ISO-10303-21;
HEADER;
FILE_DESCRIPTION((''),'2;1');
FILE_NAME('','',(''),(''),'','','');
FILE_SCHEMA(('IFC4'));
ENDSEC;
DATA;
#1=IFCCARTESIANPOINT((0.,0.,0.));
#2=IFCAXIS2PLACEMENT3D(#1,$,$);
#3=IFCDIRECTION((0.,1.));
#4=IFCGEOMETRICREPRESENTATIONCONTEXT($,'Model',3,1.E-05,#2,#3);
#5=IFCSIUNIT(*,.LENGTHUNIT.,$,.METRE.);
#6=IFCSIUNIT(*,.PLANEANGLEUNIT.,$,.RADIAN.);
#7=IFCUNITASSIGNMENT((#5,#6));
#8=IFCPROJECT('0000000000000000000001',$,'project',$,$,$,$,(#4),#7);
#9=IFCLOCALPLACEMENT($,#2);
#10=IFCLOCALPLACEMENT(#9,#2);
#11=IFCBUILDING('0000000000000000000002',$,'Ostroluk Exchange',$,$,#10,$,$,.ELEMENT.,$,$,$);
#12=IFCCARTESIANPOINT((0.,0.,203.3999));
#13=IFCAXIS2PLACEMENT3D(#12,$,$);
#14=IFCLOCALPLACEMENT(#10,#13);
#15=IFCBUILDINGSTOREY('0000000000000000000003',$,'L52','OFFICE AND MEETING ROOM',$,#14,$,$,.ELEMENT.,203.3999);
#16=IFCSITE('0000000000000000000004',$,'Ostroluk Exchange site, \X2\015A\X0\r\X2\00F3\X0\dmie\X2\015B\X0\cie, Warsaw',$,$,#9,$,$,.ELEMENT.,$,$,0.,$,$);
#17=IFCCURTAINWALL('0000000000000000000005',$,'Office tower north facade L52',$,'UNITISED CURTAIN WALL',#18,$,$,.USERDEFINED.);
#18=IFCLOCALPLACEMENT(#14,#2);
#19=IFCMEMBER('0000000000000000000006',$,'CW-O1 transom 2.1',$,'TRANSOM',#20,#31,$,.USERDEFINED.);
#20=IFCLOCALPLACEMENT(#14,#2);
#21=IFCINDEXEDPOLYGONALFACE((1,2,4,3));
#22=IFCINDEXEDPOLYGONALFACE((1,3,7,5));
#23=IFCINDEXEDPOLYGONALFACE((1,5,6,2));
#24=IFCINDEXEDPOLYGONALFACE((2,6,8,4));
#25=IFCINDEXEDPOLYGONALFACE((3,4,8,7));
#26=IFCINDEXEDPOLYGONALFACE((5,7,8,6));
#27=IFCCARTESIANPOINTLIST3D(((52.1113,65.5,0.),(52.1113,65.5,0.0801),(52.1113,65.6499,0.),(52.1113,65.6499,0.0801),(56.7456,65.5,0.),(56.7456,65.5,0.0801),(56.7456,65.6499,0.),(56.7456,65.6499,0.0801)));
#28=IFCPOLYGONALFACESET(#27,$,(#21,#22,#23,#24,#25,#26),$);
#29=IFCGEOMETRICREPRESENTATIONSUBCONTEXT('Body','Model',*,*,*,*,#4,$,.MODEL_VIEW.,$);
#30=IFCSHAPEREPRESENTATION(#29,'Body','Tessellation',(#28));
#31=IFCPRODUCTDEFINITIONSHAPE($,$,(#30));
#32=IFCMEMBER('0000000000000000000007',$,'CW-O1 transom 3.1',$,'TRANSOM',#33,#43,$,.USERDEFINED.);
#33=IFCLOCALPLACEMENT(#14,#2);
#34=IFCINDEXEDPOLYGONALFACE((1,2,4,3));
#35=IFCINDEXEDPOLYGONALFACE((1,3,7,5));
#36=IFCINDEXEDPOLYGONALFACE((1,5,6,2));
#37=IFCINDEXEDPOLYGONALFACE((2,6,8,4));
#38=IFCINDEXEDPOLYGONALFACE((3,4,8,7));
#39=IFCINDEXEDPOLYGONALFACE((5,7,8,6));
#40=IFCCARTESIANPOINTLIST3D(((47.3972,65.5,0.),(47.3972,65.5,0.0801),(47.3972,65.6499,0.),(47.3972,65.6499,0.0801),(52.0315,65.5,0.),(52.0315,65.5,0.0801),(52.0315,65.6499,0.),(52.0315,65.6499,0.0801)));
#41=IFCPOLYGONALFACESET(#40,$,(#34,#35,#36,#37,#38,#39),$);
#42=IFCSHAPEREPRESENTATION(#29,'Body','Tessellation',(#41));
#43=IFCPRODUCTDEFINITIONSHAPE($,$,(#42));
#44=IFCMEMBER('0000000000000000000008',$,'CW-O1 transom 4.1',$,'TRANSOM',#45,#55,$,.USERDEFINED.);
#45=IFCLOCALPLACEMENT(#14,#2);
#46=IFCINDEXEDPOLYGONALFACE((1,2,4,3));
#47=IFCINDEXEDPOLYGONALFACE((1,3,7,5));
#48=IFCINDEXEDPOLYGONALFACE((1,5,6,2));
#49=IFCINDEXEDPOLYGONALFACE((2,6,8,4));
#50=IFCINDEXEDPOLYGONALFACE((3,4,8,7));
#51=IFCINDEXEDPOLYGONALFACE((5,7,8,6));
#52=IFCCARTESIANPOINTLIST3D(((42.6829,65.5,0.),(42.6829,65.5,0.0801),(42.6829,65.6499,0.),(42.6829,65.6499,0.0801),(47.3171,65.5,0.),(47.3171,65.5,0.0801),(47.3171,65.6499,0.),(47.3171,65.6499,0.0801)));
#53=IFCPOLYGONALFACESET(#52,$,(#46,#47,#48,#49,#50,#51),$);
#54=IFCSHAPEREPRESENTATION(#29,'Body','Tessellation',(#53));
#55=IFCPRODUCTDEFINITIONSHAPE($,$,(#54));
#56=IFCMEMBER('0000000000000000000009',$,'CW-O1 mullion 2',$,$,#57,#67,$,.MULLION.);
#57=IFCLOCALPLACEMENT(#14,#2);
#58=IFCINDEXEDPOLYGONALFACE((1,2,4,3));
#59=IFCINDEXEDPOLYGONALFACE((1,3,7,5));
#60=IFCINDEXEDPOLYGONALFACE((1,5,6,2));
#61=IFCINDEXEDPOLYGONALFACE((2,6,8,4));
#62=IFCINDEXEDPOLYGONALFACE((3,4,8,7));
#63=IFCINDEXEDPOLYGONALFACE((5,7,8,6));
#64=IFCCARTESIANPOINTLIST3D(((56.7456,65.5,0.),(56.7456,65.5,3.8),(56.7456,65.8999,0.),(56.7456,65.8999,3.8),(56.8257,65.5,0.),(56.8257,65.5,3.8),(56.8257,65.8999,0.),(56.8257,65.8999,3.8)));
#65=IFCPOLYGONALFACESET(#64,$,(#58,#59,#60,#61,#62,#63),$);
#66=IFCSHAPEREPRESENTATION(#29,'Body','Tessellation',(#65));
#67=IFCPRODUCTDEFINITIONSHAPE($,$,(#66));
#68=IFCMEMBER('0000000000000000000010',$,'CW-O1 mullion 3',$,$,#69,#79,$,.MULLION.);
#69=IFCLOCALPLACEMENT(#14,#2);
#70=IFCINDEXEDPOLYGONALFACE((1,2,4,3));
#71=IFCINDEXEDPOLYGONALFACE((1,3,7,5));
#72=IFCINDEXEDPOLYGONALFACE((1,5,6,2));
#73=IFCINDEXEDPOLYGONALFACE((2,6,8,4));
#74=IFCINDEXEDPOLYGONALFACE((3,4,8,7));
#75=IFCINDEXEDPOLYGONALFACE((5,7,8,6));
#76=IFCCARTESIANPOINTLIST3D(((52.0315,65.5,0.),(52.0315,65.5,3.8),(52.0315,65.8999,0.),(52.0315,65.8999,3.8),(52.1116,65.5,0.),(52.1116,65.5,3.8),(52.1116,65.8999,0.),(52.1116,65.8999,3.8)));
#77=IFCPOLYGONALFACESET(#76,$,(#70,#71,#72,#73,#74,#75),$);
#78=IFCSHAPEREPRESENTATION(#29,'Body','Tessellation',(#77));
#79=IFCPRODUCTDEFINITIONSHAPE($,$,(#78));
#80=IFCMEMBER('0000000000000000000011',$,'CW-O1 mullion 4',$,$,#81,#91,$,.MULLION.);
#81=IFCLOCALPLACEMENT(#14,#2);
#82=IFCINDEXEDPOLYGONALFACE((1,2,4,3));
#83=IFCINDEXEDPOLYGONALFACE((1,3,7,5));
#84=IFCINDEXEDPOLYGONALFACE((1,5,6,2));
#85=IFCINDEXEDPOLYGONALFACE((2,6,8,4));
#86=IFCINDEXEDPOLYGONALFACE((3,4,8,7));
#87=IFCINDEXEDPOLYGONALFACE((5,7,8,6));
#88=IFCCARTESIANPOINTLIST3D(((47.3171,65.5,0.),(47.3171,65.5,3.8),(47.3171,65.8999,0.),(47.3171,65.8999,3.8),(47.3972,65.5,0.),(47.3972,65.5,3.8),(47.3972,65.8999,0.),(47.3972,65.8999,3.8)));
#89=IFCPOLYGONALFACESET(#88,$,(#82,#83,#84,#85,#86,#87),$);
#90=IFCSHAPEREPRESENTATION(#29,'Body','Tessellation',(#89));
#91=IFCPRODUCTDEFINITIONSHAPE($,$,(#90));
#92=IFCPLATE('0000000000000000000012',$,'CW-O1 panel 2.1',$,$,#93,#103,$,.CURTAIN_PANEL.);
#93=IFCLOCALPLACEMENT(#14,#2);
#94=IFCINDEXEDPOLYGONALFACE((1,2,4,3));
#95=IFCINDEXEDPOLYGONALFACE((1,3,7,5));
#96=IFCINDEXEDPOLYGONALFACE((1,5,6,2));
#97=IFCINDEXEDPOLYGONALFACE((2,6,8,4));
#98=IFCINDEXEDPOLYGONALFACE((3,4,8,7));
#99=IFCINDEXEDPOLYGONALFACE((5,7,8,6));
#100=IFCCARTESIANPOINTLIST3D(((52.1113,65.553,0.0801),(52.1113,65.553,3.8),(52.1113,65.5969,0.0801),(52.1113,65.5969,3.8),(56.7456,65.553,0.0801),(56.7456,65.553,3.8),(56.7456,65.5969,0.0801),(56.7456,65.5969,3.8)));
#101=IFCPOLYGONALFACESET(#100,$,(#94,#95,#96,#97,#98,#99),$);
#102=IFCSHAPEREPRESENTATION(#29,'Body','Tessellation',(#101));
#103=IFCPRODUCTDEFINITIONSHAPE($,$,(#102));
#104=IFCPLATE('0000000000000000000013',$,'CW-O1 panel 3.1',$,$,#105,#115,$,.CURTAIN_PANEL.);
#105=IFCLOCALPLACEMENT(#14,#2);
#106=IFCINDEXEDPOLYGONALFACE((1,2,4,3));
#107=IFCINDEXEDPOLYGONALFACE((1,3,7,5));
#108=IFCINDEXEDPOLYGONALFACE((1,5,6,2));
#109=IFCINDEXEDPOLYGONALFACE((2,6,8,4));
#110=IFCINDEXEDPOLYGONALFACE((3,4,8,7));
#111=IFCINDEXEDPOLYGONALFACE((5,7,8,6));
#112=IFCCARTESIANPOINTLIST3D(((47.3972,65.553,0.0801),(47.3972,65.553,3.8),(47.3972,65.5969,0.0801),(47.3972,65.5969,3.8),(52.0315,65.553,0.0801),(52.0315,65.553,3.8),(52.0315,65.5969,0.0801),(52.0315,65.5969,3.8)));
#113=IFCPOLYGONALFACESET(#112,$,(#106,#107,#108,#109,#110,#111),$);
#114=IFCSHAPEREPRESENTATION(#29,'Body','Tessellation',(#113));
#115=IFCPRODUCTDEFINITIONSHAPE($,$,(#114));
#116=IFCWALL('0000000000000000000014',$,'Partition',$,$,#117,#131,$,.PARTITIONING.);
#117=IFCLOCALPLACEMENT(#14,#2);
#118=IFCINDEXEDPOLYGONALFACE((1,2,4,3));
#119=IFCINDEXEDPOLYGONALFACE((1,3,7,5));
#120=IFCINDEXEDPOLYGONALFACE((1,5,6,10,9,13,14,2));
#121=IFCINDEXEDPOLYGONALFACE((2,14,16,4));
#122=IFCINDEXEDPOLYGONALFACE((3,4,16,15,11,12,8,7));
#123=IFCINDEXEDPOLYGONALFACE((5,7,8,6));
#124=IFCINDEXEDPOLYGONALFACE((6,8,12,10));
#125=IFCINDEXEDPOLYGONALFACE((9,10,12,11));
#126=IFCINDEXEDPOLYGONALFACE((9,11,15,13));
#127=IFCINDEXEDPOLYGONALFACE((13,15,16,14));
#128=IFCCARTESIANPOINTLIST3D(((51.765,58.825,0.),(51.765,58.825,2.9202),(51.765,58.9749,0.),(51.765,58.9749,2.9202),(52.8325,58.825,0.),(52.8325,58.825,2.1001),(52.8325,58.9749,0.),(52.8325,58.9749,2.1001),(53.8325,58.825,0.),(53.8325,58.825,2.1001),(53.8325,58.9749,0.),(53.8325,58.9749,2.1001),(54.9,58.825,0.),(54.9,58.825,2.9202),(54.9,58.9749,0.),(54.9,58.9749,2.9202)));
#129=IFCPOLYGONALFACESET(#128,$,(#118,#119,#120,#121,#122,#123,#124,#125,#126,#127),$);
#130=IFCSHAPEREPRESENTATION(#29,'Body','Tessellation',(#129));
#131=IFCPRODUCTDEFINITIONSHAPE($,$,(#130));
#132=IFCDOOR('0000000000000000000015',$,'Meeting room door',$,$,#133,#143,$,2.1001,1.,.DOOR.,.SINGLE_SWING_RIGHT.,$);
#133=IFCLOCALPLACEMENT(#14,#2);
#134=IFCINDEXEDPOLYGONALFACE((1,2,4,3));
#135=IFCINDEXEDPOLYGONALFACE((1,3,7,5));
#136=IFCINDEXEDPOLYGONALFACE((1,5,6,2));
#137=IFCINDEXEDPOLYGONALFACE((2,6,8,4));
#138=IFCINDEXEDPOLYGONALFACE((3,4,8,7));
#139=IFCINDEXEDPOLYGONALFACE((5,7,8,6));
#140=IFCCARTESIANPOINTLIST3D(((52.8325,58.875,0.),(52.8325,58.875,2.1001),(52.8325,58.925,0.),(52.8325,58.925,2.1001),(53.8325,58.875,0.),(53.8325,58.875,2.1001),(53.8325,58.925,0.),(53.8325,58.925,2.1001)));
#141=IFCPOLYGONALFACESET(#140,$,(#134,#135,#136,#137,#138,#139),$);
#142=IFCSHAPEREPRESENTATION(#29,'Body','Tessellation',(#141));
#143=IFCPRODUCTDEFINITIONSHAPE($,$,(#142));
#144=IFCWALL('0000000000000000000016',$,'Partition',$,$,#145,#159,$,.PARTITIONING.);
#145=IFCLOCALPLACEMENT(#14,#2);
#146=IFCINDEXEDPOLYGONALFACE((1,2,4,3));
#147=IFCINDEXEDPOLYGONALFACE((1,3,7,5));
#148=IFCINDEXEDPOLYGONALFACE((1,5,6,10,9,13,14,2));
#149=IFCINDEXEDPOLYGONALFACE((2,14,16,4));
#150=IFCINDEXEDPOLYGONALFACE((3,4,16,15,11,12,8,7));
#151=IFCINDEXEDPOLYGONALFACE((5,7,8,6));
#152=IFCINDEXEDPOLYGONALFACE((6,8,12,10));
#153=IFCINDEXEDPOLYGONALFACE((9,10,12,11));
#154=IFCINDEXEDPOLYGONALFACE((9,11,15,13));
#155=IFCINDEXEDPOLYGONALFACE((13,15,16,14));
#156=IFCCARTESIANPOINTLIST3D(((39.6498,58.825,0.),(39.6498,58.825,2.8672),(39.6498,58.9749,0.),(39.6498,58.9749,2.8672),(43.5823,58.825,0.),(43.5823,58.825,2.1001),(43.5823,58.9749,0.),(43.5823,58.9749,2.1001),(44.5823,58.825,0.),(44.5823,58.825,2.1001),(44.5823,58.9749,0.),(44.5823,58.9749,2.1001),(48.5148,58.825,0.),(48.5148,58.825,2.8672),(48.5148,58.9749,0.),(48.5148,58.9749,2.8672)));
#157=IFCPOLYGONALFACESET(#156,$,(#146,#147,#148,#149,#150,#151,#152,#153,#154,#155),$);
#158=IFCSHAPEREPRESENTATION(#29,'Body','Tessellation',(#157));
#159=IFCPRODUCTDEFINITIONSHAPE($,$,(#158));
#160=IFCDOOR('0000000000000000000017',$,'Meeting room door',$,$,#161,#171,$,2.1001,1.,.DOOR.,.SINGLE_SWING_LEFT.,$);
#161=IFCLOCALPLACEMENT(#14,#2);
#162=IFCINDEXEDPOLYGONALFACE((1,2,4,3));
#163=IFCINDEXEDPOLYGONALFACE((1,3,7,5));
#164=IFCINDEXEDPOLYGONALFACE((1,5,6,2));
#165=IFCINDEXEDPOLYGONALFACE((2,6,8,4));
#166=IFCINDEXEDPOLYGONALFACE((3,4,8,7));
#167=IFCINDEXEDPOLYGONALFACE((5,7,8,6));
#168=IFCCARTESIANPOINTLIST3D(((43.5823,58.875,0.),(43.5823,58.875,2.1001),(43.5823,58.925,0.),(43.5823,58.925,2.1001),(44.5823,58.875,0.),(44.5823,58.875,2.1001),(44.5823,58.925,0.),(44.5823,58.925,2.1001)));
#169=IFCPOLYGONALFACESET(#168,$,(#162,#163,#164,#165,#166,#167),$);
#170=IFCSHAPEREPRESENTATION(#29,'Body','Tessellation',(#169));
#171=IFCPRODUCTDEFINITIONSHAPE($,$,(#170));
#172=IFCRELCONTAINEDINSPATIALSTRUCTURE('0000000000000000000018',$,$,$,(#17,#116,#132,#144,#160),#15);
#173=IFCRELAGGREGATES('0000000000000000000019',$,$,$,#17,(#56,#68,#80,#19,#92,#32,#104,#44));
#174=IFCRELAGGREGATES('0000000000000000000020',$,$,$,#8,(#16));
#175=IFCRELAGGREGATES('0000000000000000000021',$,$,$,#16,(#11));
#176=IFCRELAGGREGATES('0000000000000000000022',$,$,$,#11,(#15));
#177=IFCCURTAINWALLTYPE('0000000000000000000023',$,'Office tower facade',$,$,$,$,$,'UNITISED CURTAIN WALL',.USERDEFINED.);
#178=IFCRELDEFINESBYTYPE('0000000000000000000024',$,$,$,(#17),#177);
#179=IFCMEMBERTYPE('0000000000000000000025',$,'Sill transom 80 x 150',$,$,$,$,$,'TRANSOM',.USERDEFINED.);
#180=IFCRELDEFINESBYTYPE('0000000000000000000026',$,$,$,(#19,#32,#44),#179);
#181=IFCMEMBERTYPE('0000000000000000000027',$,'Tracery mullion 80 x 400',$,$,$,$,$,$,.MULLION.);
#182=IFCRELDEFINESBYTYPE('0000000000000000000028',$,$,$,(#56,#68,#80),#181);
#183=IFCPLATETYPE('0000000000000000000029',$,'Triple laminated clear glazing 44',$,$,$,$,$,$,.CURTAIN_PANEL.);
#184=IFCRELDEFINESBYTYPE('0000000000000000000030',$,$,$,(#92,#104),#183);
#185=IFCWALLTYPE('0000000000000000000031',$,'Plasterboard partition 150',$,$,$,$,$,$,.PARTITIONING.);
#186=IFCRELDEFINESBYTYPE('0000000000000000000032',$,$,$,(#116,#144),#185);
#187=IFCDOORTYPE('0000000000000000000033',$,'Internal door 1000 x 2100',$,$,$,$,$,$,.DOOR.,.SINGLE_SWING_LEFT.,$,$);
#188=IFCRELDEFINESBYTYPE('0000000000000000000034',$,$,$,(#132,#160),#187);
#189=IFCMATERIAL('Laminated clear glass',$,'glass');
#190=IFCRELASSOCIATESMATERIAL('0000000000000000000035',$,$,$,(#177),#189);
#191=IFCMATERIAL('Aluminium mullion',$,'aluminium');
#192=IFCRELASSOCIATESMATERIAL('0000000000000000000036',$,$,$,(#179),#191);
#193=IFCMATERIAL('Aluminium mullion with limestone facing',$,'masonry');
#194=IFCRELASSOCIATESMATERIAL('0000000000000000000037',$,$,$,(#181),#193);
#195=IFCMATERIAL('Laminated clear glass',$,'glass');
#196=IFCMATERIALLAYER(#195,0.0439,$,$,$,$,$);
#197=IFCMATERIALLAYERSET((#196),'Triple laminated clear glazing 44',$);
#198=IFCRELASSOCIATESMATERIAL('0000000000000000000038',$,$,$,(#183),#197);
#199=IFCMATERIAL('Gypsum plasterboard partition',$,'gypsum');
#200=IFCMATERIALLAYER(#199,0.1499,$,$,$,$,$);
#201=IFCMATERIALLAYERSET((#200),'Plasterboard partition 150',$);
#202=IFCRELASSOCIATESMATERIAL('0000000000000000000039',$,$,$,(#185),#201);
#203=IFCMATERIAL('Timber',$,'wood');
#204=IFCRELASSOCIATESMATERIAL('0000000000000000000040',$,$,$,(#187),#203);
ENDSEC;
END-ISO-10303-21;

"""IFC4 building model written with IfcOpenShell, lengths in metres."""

from ifc_helpers import new_model, si_unit, direction, frame, frame_2d, origin, origin_2d, place, context, subcontext, project, spatial, rectangle, extrude, material, layer, layer_set, material_profile, profile_set, type_object, element, fill, aggregate, save


model = new_model("IFC4")

# Units and contexts
model_context = context("Model", 3, precision=1e-05, world=origin(), true_north=direction((0.0, 1.0)))
body_context = subcontext(model_context, "Body", "Model", "MODEL_VIEW")
ifc_project = project(units=[si_unit("LENGTHUNIT", "METRE"), si_unit("PLANEANGLEUNIT", "RADIAN")], contexts=[model_context])

# Site, building, storey
site_placement = place(None, origin())
site = spatial("IfcSite", under=ifc_project, at=site_placement, Name="Ostroluk Exchange site, Śródmieście, Warsaw", CompositionType="ELEMENT", RefElevation=0.0)
building_placement = place(site_placement, origin())
building = spatial("IfcBuilding", under=site, at=building_placement, Name="Ostroluk Exchange", CompositionType="ELEMENT")
storey_placement = place(building_placement, frame((0.0, 0.0, 203.3999)))
storey = spatial("IfcBuildingStorey", under=building, at=storey_placement, Name="L52", Description="OFFICE AND MEETING ROOM", CompositionType="ELEMENT", Elevation=203.3999)

# Curtain wall, members, plates
ifc_material_1 = material(Name="Laminated clear glass", Category="glass")
curtain_wall_type = type_object("IfcCurtainWallType", Name="Office tower facade", ElementType="UNITISED CURTAIN WALL", PredefinedType="USERDEFINED", material=ifc_material_1)
curtain_wall_placement = place(storey_placement, origin())
curtain_wall = element("IfcCurtainWall", 1, at=curtain_wall_placement, inside=storey, type_object=curtain_wall_type, Name="Office tower north facade L52", ObjectType="UNITISED CURTAIN WALL", PredefinedType="USERDEFINED")
ifc_material_2 = material(Name="Aluminium mullion", Category="aluminium")
ifc_material_profile_1 = material_profile(ifc_material_2, rectangle(XDim=0.1499, YDim=0.0801, at=origin_2d()), Name="Sill transom 80 x 150")
ifc_profile_set_1 = profile_set([ifc_material_profile_1], Name="Aluminium mullion")
member_type_1 = type_object("IfcMemberType", Name="Sill transom 80 x 150", ElementType="TRANSOM", PredefinedType="USERDEFINED", material=ifc_profile_set_1)
member_1_placement = place(storey_placement, frame((56.7456, 65.575, 0.04), z_axis=(-1.0, 0.0, 0.0), x_axis=(0.0, -1.0, 0.0)))
member_1 = element("IfcMember", 2, at=member_1_placement, type_object=member_type_1, Name="CW-O1 transom 2.1", ObjectType="TRANSOM", PredefinedType="USERDEFINED", context=body_context, shape_type="SweptSolid", body=[
    extrude(rectangle(XDim=0.1499, YDim=0.0801, at=origin_2d()), origin(), (0.0, 0.0, 1.0), 4.6343),
])
member_2_placement = place(storey_placement, frame((52.0315, 65.575, 0.04), z_axis=(-1.0, 0.0, 0.0), x_axis=(0.0, -1.0, 0.0)))
member_2 = element("IfcMember", 3, at=member_2_placement, type_object=member_type_1, Name="CW-O1 transom 3.1", ObjectType="TRANSOM", PredefinedType="USERDEFINED", context=body_context, shape_type="SweptSolid", body=[
    extrude(rectangle(XDim=0.1499, YDim=0.0801, at=origin_2d()), origin(), (0.0, 0.0, 1.0), 4.6343),
])
member_3_placement = place(storey_placement, frame((47.3171, 65.575, 0.04), z_axis=(-1.0, 0.0, 0.0), x_axis=(0.0, -1.0, 0.0)))
member_3 = element("IfcMember", 4, at=member_3_placement, type_object=member_type_1, Name="CW-O1 transom 4.1", ObjectType="TRANSOM", PredefinedType="USERDEFINED", context=body_context, shape_type="SweptSolid", body=[
    extrude(rectangle(XDim=0.1499, YDim=0.0801, at=origin_2d()), origin(), (0.0, 0.0, 1.0), 4.6343),
])
ifc_material_3 = material(Name="Aluminium mullion with limestone facing", Category="masonry")
ifc_material_profile_2 = material_profile(ifc_material_3, rectangle(XDim=0.3999, YDim=0.0801, at=origin_2d()), Name="Tracery mullion 80 x 400")
ifc_profile_set_2 = profile_set([ifc_material_profile_2], Name="Aluminium mullion with limestone facing")
member_type_2 = type_object("IfcMemberType", Name="Tracery mullion 80 x 400", PredefinedType="MULLION", material=ifc_profile_set_2)
member_4_placement = place(storey_placement, frame((56.7856, 65.7, 0.0), z_axis=(0.0, 0.0, 1.0), x_axis=(0.0, -1.0, 0.0)))
member_4 = element("IfcMember", 5, at=member_4_placement, type_object=member_type_2, Name="CW-O1 mullion 2", PredefinedType="MULLION", context=body_context, shape_type="SweptSolid", body=[
    extrude(rectangle(XDim=0.3999, YDim=0.0801, at=origin_2d()), origin(), (0.0, 0.0, 1.0), 3.8),
])
member_5_placement = place(storey_placement, frame((52.0715, 65.7, 0.0), z_axis=(0.0, 0.0, 1.0), x_axis=(0.0, -1.0, 0.0)))
member_5 = element("IfcMember", 6, at=member_5_placement, type_object=member_type_2, Name="CW-O1 mullion 3", PredefinedType="MULLION", context=body_context, shape_type="SweptSolid", body=[
    extrude(rectangle(XDim=0.3999, YDim=0.0801, at=origin_2d()), origin(), (0.0, 0.0, 1.0), 3.8),
])
member_6_placement = place(storey_placement, frame((47.3572, 65.7, 0.0), z_axis=(0.0, 0.0, 1.0), x_axis=(0.0, -1.0, 0.0)))
member_6 = element("IfcMember", 7, at=member_6_placement, type_object=member_type_2, Name="CW-O1 mullion 4", PredefinedType="MULLION", context=body_context, shape_type="SweptSolid", body=[
    extrude(rectangle(XDim=0.3999, YDim=0.0801, at=origin_2d()), origin(), (0.0, 0.0, 1.0), 3.8),
])
ifc_material_4 = material(Name="Laminated clear glass", Category="glass")
ifc_layer_1 = layer(ifc_material_4, 0.0439)
ifc_layer_set_1 = layer_set([ifc_layer_1], Name="Triple laminated clear glazing 44")
plate_type = type_object("IfcPlateType", Name="Triple laminated clear glazing 44", PredefinedType="CURTAIN_PANEL", material=ifc_layer_set_1)
plate_1_placement = place(storey_placement, frame((54.4285, 65.575, 0.0801), z_axis=(0.0, 0.0, 1.0), x_axis=(-1.0, 0.0, 0.0)))
plate_1 = element("IfcPlate", 8, at=plate_1_placement, type_object=plate_type, Name="CW-O1 panel 2.1", PredefinedType="CURTAIN_PANEL", context=body_context, shape_type="SweptSolid", body=[
    extrude(rectangle(XDim=4.6343, YDim=0.0439, at=origin_2d()), origin(), (0.0, 0.0, 1.0), 3.72),
])
plate_2_placement = place(storey_placement, frame((49.7144, 65.575, 0.0801), z_axis=(0.0, 0.0, 1.0), x_axis=(-1.0, 0.0, 0.0)))
plate_2 = element("IfcPlate", 9, at=plate_2_placement, type_object=plate_type, Name="CW-O1 panel 3.1", PredefinedType="CURTAIN_PANEL", context=body_context, shape_type="SweptSolid", body=[
    extrude(rectangle(XDim=4.6343, YDim=0.0439, at=origin_2d()), origin(), (0.0, 0.0, 1.0), 3.72),
])
aggregate(curtain_wall, [member_4, member_5, member_6, member_1, plate_1, member_2, plate_2, member_3])

# Walls, openings, doors
ifc_material_5 = material(Name="Gypsum plasterboard partition", Category="gypsum")
ifc_layer_2 = layer(ifc_material_5, 0.1499)
ifc_layer_set_2 = layer_set([ifc_layer_2], Name="Plasterboard partition 150")
wall_type = type_object("IfcWallType", Name="Plasterboard partition 150", PredefinedType="PARTITIONING", material=ifc_layer_set_2)
wall_1_placement = place(storey_placement, frame((54.8999, 58.8999, 0.0), z_axis=(0.0, 0.0, 1.0), x_axis=(-1.0, 0.0, 0.0)))
wall_1 = element("IfcWall", 10, at=wall_1_placement, inside=storey, type_object=wall_type, Name="Partition", PredefinedType="PARTITIONING", context=body_context, shape_type="SweptSolid", body=[
    extrude(rectangle(XDim=3.135, YDim=0.1499, at=frame_2d((1.5674, 0.0))), origin(), (0.0, 0.0, 1.0), 2.9202),
])
opening_1_placement = place(wall_1_placement, frame((1.0674, 0.0, 0.0)))
opening_1 = element("IfcOpeningElement", 11, at=opening_1_placement, cuts=wall_1, PredefinedType="OPENING", context=body_context, shape_type="SweptSolid", body=[
    extrude(rectangle(XDim=1.0, YDim=2.1001, at=frame_2d((0.5, 1.05))), frame((0.0, 0.085, 0.0), z_axis=(0.0, -1.0, 0.0), x_axis=(1.0, 0.0, 0.0)), (0.0, 0.0, 1.0), 0.1699),
])
ifc_material_6 = material(Name="Timber", Category="wood")
door_type_1 = type_object("IfcDoorType", Name="Internal door 1000 x 2100", OperationType="SINGLE_SWING_LEFT", PredefinedType="DOOR", material=ifc_material_6)
door_1_placement = place(opening_1_placement, origin())
door_1 = element("IfcDoor", 12, at=door_1_placement, inside=storey, type_object=door_type_1, Name="Meeting room door", OperationType="SINGLE_SWING_RIGHT", OverallHeight=2.1001, OverallWidth=1.0, PredefinedType="DOOR", context=body_context, shape_type="SweptSolid", body=[
    extrude(rectangle(XDim=1.0, YDim=2.1001, at=frame_2d((0.5, 1.05))), frame((0.0, 0.0249, 0.0), z_axis=(0.0, -1.0, 0.0), x_axis=(1.0, 0.0, 0.0)), (0.0, 0.0, 1.0), 0.05),
])
fill(opening_1, door_1)
wall_2_placement = place(storey_placement, frame((48.5149, 58.8999, 0.0), z_axis=(0.0, 0.0, 1.0), x_axis=(-1.0, 0.0, 0.0)))
wall_2 = element("IfcWall", 13, at=wall_2_placement, inside=storey, type_object=wall_type, Name="Partition", PredefinedType="PARTITIONING", context=body_context, shape_type="SweptSolid", body=[
    extrude(rectangle(XDim=8.865, YDim=0.1499, at=frame_2d((4.4326, 0.0))), origin(), (0.0, 0.0, 1.0), 2.8672),
])
opening_2_placement = place(wall_2_placement, frame((3.9326, 0.0, 0.0)))
opening_2 = element("IfcOpeningElement", 14, at=opening_2_placement, cuts=wall_2, PredefinedType="OPENING", context=body_context, shape_type="SweptSolid", body=[
    extrude(rectangle(XDim=1.0, YDim=2.1001, at=frame_2d((0.5, 1.05))), frame((0.0, 0.085, 0.0), z_axis=(0.0, -1.0, 0.0), x_axis=(1.0, 0.0, 0.0)), (0.0, 0.0, 1.0), 0.1699),
])
door_2_placement = place(opening_2_placement, origin())
door_2 = element("IfcDoor", 15, at=door_2_placement, inside=storey, type_object=door_type_1, Name="Meeting room door", OperationType="SINGLE_SWING_LEFT", OverallHeight=2.1001, OverallWidth=1.0, PredefinedType="DOOR", context=body_context, shape_type="SweptSolid", body=[
    extrude(rectangle(XDim=1.0, YDim=2.1001, at=frame_2d((0.5, 1.05))), frame((0.0, 0.0249, 0.0), z_axis=(0.0, -1.0, 0.0), x_axis=(1.0, 0.0, 0.0)), (0.0, 0.0, 1.0), 0.05),
])
fill(opening_2, door_2)

save(model, "model.ifc")
